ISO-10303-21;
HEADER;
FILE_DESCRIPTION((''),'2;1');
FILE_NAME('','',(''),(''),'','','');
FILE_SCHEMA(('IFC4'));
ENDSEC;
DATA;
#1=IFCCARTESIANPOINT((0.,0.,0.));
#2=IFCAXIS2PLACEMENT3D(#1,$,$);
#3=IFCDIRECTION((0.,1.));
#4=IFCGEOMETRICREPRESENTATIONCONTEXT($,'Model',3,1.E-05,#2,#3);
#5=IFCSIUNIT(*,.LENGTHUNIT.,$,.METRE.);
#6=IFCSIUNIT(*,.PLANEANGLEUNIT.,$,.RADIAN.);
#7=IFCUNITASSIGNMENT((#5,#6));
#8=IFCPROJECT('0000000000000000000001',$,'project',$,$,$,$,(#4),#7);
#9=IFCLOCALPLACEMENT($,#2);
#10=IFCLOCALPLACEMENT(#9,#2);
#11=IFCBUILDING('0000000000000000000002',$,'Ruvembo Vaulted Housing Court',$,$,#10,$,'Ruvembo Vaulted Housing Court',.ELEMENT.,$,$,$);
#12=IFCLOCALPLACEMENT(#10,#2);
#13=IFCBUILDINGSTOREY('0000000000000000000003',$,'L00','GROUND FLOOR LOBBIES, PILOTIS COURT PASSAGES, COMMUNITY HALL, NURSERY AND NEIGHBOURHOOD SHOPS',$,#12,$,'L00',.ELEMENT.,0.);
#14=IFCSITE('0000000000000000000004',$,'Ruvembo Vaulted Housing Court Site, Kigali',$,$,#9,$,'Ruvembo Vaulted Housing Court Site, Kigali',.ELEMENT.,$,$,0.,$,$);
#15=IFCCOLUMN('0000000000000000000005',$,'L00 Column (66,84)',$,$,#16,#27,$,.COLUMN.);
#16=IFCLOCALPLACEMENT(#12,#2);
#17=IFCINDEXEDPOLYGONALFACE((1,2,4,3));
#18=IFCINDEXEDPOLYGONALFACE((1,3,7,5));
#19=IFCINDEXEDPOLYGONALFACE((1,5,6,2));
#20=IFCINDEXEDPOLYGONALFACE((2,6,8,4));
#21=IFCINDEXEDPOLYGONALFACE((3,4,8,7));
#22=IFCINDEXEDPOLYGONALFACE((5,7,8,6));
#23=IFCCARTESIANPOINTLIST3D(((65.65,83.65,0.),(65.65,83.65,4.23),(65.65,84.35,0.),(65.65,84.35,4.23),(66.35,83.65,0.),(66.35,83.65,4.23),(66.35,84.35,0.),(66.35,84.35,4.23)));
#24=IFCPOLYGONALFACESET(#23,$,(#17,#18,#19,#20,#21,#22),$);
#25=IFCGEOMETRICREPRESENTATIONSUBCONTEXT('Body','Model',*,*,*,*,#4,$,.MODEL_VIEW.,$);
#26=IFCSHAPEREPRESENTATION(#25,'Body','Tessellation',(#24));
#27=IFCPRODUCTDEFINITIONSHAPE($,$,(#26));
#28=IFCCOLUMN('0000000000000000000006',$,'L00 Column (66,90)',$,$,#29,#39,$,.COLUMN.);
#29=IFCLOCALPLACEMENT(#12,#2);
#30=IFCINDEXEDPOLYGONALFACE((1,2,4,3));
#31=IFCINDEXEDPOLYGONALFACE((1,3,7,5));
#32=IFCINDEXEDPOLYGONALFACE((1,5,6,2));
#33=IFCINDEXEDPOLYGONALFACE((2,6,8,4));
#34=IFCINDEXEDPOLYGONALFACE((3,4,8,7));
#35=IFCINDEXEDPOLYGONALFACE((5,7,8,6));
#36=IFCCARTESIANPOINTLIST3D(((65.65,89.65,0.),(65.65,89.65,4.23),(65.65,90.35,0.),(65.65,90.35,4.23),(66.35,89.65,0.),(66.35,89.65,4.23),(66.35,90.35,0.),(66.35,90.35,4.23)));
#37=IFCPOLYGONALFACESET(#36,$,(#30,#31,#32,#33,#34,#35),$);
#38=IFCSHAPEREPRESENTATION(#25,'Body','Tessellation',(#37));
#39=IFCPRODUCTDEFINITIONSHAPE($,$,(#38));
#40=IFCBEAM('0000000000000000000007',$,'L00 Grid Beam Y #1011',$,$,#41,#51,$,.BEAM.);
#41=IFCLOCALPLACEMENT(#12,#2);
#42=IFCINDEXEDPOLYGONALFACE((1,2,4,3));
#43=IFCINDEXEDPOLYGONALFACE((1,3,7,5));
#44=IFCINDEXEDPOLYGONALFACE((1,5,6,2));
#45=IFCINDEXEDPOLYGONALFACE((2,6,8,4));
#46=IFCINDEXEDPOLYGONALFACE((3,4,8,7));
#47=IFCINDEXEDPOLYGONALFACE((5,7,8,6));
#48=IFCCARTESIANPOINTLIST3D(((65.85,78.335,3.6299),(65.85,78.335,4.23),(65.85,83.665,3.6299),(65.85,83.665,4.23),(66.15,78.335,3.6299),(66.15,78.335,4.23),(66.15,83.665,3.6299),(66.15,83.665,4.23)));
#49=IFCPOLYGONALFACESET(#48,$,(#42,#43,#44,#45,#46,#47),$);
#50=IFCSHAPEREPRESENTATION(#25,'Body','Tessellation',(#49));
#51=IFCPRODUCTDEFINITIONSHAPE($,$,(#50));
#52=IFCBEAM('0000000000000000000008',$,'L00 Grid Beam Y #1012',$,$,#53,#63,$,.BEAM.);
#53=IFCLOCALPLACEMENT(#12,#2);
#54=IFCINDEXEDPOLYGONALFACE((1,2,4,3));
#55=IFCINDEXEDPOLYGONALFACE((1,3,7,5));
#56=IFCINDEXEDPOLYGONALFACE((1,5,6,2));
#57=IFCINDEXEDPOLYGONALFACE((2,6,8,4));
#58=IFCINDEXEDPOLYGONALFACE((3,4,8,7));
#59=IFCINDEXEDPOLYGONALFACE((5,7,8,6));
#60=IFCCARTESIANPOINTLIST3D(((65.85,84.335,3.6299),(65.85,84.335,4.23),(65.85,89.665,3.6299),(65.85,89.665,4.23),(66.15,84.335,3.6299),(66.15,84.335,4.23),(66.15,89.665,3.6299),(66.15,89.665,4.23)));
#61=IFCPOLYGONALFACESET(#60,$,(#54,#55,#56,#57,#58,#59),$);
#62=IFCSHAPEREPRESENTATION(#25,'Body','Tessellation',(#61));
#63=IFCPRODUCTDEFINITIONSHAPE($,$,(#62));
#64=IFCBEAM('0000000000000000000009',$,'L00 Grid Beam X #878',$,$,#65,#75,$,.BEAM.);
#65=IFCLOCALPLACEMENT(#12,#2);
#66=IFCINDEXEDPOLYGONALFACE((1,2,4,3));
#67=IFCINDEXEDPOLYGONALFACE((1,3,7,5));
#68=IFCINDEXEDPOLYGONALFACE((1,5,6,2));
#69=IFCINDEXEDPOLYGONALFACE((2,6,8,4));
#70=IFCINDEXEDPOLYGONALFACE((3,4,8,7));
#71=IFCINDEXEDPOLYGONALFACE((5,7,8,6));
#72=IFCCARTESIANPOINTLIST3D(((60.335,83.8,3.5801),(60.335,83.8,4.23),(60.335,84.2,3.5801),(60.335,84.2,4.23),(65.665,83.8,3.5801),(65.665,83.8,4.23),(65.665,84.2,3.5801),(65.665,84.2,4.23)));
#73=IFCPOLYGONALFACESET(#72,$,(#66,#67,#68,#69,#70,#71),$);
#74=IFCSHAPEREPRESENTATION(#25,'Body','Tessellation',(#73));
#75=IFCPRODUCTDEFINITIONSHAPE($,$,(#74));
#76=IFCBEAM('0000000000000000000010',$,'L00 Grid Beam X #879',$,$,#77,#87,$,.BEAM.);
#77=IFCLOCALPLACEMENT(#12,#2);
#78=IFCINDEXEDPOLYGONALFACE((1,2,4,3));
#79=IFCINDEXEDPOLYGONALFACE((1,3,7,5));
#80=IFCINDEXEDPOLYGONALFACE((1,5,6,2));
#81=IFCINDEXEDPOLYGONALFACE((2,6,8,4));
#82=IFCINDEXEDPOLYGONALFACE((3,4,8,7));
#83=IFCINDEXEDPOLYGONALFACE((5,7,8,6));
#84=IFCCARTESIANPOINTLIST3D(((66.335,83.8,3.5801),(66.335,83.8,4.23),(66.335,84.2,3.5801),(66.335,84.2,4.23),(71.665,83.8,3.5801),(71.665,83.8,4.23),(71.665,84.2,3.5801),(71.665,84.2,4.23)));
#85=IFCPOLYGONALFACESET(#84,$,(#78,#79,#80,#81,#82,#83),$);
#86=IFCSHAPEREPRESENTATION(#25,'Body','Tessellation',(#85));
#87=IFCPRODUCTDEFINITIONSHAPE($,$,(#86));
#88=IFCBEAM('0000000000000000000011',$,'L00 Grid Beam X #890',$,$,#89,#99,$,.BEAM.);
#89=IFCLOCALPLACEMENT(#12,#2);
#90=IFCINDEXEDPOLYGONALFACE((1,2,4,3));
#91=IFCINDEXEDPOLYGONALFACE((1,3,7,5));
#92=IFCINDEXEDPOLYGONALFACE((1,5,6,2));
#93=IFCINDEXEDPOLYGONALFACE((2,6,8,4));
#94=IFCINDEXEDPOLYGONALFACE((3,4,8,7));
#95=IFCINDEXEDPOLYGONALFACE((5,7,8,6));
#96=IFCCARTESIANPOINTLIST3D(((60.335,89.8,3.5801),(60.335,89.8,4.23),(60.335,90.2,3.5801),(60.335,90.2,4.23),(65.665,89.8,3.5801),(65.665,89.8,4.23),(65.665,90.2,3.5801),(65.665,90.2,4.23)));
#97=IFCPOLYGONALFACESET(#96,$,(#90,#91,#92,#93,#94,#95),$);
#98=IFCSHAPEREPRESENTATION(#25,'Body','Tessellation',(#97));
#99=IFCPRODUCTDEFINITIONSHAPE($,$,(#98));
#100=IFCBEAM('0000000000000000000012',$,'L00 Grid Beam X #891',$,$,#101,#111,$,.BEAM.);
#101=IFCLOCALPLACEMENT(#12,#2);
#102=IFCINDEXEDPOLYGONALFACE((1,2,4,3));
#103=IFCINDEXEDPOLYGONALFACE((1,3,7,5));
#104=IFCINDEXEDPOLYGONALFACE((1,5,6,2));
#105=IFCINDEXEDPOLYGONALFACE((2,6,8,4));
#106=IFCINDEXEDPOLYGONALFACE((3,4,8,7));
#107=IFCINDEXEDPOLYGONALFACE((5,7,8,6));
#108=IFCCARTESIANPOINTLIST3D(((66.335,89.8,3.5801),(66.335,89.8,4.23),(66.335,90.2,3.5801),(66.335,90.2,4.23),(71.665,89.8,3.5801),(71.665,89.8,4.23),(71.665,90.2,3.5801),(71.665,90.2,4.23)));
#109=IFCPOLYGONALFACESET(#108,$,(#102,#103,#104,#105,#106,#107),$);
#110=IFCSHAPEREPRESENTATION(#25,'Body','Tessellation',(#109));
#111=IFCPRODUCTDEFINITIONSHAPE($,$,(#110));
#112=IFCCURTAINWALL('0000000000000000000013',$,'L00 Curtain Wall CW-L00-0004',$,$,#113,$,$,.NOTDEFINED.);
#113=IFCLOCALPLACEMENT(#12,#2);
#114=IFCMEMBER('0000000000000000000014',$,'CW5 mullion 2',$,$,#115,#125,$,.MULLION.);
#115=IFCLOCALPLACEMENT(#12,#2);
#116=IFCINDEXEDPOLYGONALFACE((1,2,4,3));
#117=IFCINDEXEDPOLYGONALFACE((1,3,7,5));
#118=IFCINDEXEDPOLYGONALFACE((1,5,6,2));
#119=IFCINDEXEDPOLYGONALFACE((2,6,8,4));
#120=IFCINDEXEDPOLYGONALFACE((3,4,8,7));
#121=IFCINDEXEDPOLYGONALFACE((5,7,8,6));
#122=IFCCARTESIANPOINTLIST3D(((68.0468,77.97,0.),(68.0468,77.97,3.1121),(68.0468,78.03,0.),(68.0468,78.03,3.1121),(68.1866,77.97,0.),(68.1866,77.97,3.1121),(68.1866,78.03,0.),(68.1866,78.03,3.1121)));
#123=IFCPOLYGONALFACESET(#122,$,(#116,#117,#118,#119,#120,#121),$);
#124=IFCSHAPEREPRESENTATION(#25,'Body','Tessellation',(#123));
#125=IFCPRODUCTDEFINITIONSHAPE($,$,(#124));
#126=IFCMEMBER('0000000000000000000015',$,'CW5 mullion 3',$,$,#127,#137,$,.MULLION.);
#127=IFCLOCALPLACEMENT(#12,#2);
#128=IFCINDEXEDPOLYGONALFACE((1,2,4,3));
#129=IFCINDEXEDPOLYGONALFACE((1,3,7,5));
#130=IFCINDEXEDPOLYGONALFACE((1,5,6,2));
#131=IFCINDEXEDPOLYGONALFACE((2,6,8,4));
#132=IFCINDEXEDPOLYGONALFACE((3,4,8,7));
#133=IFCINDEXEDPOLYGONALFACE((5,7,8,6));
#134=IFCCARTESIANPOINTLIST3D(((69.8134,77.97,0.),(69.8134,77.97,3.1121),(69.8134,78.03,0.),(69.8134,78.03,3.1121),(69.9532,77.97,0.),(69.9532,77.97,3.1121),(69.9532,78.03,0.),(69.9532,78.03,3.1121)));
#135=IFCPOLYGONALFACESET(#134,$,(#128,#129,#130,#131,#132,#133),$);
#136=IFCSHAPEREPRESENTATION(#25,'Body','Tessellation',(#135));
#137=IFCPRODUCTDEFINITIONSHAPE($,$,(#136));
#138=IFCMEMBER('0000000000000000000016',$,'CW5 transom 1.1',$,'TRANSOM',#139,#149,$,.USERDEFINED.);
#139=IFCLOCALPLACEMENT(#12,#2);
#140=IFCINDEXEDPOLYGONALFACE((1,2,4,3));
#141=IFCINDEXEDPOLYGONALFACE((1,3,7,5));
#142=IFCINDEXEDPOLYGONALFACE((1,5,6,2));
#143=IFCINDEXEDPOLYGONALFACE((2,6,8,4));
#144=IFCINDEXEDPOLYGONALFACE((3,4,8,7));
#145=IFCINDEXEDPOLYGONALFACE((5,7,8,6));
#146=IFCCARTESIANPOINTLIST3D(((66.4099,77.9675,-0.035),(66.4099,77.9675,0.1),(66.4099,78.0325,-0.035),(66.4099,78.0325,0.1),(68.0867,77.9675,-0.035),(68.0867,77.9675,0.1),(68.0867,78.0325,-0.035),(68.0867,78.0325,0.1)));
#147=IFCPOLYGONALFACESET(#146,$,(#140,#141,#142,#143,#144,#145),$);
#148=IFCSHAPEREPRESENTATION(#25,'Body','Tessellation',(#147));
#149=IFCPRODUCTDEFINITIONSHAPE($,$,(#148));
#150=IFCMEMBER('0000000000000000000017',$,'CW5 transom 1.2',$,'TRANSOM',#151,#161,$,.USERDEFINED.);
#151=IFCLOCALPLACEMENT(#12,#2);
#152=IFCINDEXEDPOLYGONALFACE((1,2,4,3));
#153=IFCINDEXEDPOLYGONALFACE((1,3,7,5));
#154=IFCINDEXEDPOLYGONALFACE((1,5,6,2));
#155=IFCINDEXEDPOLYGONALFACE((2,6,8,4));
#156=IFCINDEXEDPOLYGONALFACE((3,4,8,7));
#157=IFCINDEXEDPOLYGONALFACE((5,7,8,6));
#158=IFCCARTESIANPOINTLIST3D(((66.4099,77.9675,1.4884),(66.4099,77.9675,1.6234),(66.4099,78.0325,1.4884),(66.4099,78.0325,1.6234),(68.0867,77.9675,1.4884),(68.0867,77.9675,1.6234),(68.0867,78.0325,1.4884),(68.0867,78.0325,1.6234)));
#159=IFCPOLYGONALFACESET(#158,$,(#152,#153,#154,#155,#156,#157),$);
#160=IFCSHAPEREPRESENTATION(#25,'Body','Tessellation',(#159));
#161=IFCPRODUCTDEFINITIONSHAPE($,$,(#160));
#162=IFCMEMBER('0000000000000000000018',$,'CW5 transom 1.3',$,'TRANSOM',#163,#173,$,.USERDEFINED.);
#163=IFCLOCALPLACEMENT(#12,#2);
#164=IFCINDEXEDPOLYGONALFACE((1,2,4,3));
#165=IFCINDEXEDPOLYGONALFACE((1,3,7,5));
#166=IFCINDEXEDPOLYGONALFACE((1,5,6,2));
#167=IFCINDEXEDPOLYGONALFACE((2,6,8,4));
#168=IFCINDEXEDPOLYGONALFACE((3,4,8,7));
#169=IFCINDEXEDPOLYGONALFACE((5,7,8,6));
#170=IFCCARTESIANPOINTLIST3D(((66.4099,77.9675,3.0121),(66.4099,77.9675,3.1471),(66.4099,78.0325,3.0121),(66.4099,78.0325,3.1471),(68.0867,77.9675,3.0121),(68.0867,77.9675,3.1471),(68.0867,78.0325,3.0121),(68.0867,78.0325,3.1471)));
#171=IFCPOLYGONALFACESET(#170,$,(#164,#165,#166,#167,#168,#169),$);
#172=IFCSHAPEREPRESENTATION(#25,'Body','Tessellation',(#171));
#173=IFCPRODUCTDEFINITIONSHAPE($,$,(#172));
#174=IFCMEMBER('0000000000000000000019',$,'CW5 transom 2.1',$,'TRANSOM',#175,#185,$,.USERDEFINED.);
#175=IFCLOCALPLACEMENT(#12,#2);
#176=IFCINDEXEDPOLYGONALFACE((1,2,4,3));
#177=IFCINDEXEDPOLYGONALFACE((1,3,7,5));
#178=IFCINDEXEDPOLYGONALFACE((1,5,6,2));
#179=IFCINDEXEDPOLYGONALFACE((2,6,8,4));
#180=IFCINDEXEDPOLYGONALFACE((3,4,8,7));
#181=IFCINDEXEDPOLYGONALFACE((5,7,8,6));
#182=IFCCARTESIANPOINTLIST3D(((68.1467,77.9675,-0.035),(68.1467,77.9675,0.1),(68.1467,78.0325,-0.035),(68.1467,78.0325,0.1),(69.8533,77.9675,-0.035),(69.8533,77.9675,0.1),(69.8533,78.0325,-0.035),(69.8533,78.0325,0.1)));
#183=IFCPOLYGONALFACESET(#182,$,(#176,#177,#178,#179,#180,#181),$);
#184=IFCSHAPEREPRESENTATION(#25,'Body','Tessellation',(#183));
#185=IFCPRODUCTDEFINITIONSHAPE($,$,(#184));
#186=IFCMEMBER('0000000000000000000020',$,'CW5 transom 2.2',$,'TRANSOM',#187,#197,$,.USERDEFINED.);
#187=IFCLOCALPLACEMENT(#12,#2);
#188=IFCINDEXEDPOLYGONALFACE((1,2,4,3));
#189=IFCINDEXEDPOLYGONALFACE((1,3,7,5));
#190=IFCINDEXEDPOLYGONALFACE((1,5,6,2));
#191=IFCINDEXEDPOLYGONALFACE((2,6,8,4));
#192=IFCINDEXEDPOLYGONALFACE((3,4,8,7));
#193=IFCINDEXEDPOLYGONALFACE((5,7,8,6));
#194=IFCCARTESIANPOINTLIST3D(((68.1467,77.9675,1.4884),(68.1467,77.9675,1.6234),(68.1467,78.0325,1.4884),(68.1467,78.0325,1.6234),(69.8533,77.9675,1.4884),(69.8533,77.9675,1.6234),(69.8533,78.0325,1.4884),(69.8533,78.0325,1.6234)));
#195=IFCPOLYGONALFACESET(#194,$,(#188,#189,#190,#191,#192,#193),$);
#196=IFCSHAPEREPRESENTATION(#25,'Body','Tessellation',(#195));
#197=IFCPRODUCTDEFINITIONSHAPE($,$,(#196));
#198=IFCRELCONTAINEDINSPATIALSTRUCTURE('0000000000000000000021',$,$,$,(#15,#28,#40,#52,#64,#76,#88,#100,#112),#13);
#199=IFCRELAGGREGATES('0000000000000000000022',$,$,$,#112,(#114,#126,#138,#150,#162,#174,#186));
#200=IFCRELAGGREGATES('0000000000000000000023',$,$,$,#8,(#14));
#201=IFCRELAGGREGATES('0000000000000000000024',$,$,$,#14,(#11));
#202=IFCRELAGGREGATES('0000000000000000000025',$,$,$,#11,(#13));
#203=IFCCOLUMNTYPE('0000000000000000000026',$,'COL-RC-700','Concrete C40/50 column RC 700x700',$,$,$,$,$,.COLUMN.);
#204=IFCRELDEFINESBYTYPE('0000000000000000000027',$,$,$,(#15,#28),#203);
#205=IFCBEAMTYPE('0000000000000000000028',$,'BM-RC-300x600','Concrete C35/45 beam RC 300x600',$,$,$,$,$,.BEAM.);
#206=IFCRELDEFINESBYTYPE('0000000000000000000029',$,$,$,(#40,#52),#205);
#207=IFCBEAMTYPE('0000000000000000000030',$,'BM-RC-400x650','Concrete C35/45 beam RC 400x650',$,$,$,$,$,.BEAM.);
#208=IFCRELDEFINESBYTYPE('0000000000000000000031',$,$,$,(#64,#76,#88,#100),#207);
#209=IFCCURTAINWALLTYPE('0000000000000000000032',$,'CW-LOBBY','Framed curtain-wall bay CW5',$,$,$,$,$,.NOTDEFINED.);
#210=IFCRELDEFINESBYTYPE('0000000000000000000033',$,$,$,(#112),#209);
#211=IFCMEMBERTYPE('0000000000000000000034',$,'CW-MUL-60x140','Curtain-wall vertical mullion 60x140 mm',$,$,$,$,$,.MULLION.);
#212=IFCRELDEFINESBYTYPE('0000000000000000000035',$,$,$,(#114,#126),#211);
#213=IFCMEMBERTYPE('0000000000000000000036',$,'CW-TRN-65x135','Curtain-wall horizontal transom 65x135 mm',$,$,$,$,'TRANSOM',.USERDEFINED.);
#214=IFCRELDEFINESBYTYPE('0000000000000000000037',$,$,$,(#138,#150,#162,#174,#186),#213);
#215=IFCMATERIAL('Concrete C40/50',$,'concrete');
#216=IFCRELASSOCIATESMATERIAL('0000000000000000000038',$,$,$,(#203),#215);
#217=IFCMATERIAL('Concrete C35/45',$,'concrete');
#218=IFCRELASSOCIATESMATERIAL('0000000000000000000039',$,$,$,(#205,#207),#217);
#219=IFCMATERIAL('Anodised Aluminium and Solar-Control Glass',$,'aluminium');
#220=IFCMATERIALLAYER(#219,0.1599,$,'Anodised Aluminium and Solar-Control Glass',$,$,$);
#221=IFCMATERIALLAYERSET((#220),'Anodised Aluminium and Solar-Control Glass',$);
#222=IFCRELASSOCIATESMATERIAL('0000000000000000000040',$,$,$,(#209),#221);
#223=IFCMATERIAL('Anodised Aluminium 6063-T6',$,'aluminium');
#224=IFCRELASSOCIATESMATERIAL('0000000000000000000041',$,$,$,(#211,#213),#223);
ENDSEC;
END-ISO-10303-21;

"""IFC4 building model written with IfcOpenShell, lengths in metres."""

from ifc_helpers import new_model, si_unit, direction, frame, origin, origin_2d, place, context, subcontext, project, spatial, rectangle, extrude, material, layer, layer_set, material_profile, profile_set, type_object, element, aggregate, save


model = new_model("IFC4")

# Units and contexts
model_context = context("Model", 3, precision=1e-05, world=origin(), true_north=direction((0.0, 1.0)))
body_context = subcontext(model_context, "Body", "Model", "MODEL_VIEW")
ifc_project = project(units=[si_unit("LENGTHUNIT", "METRE"), si_unit("PLANEANGLEUNIT", "RADIAN")], contexts=[model_context])

# Site, building, storey
site_placement = place(None, origin())
site = spatial("IfcSite", under=ifc_project, at=site_placement, Name="Ruvembo Vaulted Housing Court Site, Kigali", LongName="Ruvembo Vaulted Housing Court Site, Kigali", CompositionType="ELEMENT", RefElevation=0.0)
building_placement = place(site_placement, origin())
building = spatial("IfcBuilding", under=site, at=building_placement, Name="Ruvembo Vaulted Housing Court", LongName="Ruvembo Vaulted Housing Court", CompositionType="ELEMENT")
storey_placement = place(building_placement, origin())
storey = spatial("IfcBuildingStorey", under=building, at=storey_placement, Name="L00", Description="GROUND FLOOR LOBBIES, PILOTIS COURT PASSAGES, COMMUNITY HALL, NURSERY AND NEIGHBOURHOOD SHOPS", LongName="L00", CompositionType="ELEMENT", Elevation=0.0)

# Columns
ifc_material_1 = material(Name="Concrete C40/50", Category="concrete")
ifc_material_profile_1 = material_profile(ifc_material_1, rectangle(XDim=0.7, YDim=0.7, at=origin_2d()), Name="RC 700x700")
ifc_profile_set_1 = profile_set([ifc_material_profile_1], Name="Concrete C40/50")
column_type = type_object("IfcColumnType", Name="COL-RC-700", Description="Concrete C40/50 column RC 700x700", PredefinedType="COLUMN", material=ifc_profile_set_1)
for number, where, z_axis, x_axis, name in (
    (1, (66.0, 84.0, 0.0), (0.0, 0.0, 1.0), (1.0, 0.0, 0.0), "L00 Column (66,84)"),
    (2, (66.0, 90.0, 0.0), (0.0, 0.0, 1.0), (1.0, 0.0, 0.0), "L00 Column (66,90)"),
):
    element("IfcColumn", number, at=place(storey_placement, frame(where, z_axis=z_axis, x_axis=x_axis)), inside=storey, type_object=column_type, Name=name, PredefinedType="COLUMN", context=body_context, shape_type="SweptSolid", body=[
        extrude(rectangle(XDim=0.7, YDim=0.7, at=origin_2d()), origin(), (0.0, 0.0, 1.0), 4.23),
    ])

# Beams
ifc_material_2 = material(Name="Concrete C35/45", Category="concrete")
ifc_material_profile_2 = material_profile(ifc_material_2, rectangle(XDim=0.3, YDim=0.6001, at=origin_2d()), Name="RC 300x600")
ifc_profile_set_2 = profile_set([ifc_material_profile_2], Name="Concrete C35/45")
beam_type_1 = type_object("IfcBeamType", Name="BM-RC-300x600", Description="Concrete C35/45 beam RC 300x600", PredefinedType="BEAM", material=ifc_profile_set_2)
for number, where, z_axis, x_axis, name in (
    (3, (66.0, 78.335, 3.9299), (0.0, 1.0, 0.0), (-1.0, 0.0, 0.0), "L00 Grid Beam Y #1011"),
    (4, (66.0, 84.335, 3.9299), (0.0, 1.0, 0.0), (-1.0, 0.0, 0.0), "L00 Grid Beam Y #1012"),
):
    element("IfcBeam", number, at=place(storey_placement, frame(where, z_axis=z_axis, x_axis=x_axis)), inside=storey, type_object=beam_type_1, Name=name, PredefinedType="BEAM", context=body_context, shape_type="SweptSolid", body=[
        extrude(rectangle(XDim=0.3, YDim=0.6001, at=origin_2d()), origin(), (0.0, 0.0, 1.0), 5.3301),
    ])
ifc_material_profile_3 = material_profile(ifc_material_2, rectangle(XDim=0.3999, YDim=0.6499, at=origin_2d()), Name="RC 400x650")
ifc_profile_set_3 = profile_set([ifc_material_profile_3], Name="Concrete C35/45")
beam_type_2 = type_object("IfcBeamType", Name="BM-RC-400x650", Description="Concrete C35/45 beam RC 400x650", PredefinedType="BEAM", material=ifc_profile_set_3)
for number, where, z_axis, x_axis, name in (
    (5, (60.335, 84.0, 3.905), (1.0, 0.0, 0.0), (0.0, 1.0, 0.0), "L00 Grid Beam X #878"),
    (6, (66.335, 84.0, 3.905), (1.0, 0.0, 0.0), (0.0, 1.0, 0.0), "L00 Grid Beam X #879"),
    (7, (60.335, 90.0, 3.905), (1.0, 0.0, 0.0), (0.0, 1.0, 0.0), "L00 Grid Beam X #890"),
    (8, (66.335, 90.0, 3.905), (1.0, 0.0, 0.0), (0.0, 1.0, 0.0), "L00 Grid Beam X #891"),
):
    element("IfcBeam", number, at=place(storey_placement, frame(where, z_axis=z_axis, x_axis=x_axis)), inside=storey, type_object=beam_type_2, Name=name, PredefinedType="BEAM", context=body_context, shape_type="SweptSolid", body=[
        extrude(rectangle(XDim=0.3999, YDim=0.6499, at=origin_2d()), origin(), (0.0, 0.0, 1.0), 5.3301),
    ])

# Curtain wall, members
ifc_material_3 = material(Name="Anodised Aluminium and Solar-Control Glass", Category="aluminium")
ifc_layer_1 = layer(ifc_material_3, 0.1599, Name="Anodised Aluminium and Solar-Control Glass")
ifc_layer_set_1 = layer_set([ifc_layer_1], Name="Anodised Aluminium and Solar-Control Glass")
curtain_wall_type = type_object("IfcCurtainWallType", Name="CW-LOBBY", Description="Framed curtain-wall bay CW5", PredefinedType="NOTDEFINED", material=ifc_layer_set_1)
curtain_wall_placement = place(storey_placement, origin())
curtain_wall = element("IfcCurtainWall", 9, at=curtain_wall_placement, inside=storey, type_object=curtain_wall_type, Name="L00 Curtain Wall CW-L00-0004", PredefinedType="NOTDEFINED")
ifc_material_4 = material(Name="Anodised Aluminium 6063-T6", Category="aluminium")
ifc_material_profile_4 = material_profile(ifc_material_4, rectangle(XDim=0.0601, YDim=0.1399, at=origin_2d()), Name="ALU 60x140")
ifc_profile_set_4 = profile_set([ifc_material_profile_4], Name="Anodised Aluminium 6063-T6")
member_type_1 = type_object("IfcMemberType", Name="CW-MUL-60x140", Description="Curtain-wall vertical mullion 60x140 mm", PredefinedType="MULLION", material=ifc_profile_set_4)
member_1_placement = place(storey_placement, frame((68.1167, 78.0, 0.0), z_axis=(0.0, 0.0, 1.0), x_axis=(0.0, 1.0, 0.0)))
member_1 = element("IfcMember", 10, at=member_1_placement, type_object=member_type_1, Name="CW5 mullion 2", PredefinedType="MULLION", context=body_context, shape_type="SweptSolid", body=[
    extrude(rectangle(XDim=0.0601, YDim=0.1399, at=origin_2d()), origin(), (0.0, 0.0, 1.0), 3.1121),
])
member_2_placement = place(storey_placement, frame((69.8833, 78.0, 0.0), z_axis=(0.0, 0.0, 1.0), x_axis=(0.0, 1.0, 0.0)))
member_2 = element("IfcMember", 11, at=member_2_placement, type_object=member_type_1, Name="CW5 mullion 3", PredefinedType="MULLION", context=body_context, shape_type="SweptSolid", body=[
    extrude(rectangle(XDim=0.0601, YDim=0.1399, at=origin_2d()), origin(), (0.0, 0.0, 1.0), 3.1121),
])
ifc_material_profile_5 = material_profile(ifc_material_4, rectangle(XDim=0.0649, YDim=0.135, at=origin_2d()), Name="ALU 65x135")
ifc_profile_set_5 = profile_set([ifc_material_profile_5], Name="Anodised Aluminium 6063-T6")
member_type_2 = type_object("IfcMemberType", Name="CW-TRN-65x135", Description="Curtain-wall horizontal transom 65x135 mm", ElementType="TRANSOM", PredefinedType="USERDEFINED", material=ifc_profile_set_5)
member_3_placement = place(storey_placement, frame((66.4099, 78.0, 0.0325), z_axis=(1.0, 0.0, 0.0), x_axis=(0.0, 1.0, 0.0)))
member_3 = element("IfcMember", 12, at=member_3_placement, type_object=member_type_2, Name="CW5 transom 1.1", ObjectType="TRANSOM", PredefinedType="USERDEFINED", context=body_context, shape_type="SweptSolid", body=[
    extrude(rectangle(XDim=0.0649, YDim=0.135, at=origin_2d()), origin(), (0.0, 0.0, 1.0), 1.6768),
])
member_4_placement = place(storey_placement, frame((66.4099, 78.0, 1.5559), z_axis=(1.0, 0.0, 0.0), x_axis=(0.0, 1.0, 0.0)))
member_4 = element("IfcMember", 13, at=member_4_placement, type_object=member_type_2, Name="CW5 transom 1.2", ObjectType="TRANSOM", PredefinedType="USERDEFINED", context=body_context, shape_type="SweptSolid", body=[
    extrude(rectangle(XDim=0.0649, YDim=0.135, at=origin_2d()), origin(), (0.0, 0.0, 1.0), 1.6768),
])
member_5_placement = place(storey_placement, frame((66.4099, 78.0, 3.0796), z_axis=(1.0, 0.0, 0.0), x_axis=(0.0, 1.0, 0.0)))
member_5 = element("IfcMember", 14, at=member_5_placement, type_object=member_type_2, Name="CW5 transom 1.3", ObjectType="TRANSOM", PredefinedType="USERDEFINED", context=body_context, shape_type="SweptSolid", body=[
    extrude(rectangle(XDim=0.0649, YDim=0.135, at=origin_2d()), origin(), (0.0, 0.0, 1.0), 1.6768),
])
member_6_placement = place(storey_placement, frame((68.1467, 78.0, 0.0325), z_axis=(1.0, 0.0, 0.0), x_axis=(0.0, 1.0, 0.0)))
member_6 = element("IfcMember", 15, at=member_6_placement, type_object=member_type_2, Name="CW5 transom 2.1", ObjectType="TRANSOM", PredefinedType="USERDEFINED", context=body_context, shape_type="SweptSolid", body=[
    extrude(rectangle(XDim=0.0649, YDim=0.135, at=origin_2d()), origin(), (0.0, 0.0, 1.0), 1.7065),
])
member_7_placement = place(storey_placement, frame((68.1467, 78.0, 1.5559), z_axis=(1.0, 0.0, 0.0), x_axis=(0.0, 1.0, 0.0)))
member_7 = element("IfcMember", 16, at=member_7_placement, type_object=member_type_2, Name="CW5 transom 2.2", ObjectType="TRANSOM", PredefinedType="USERDEFINED", context=body_context, shape_type="SweptSolid", body=[
    extrude(rectangle(XDim=0.0649, YDim=0.135, at=origin_2d()), origin(), (0.0, 0.0, 1.0), 1.7065),
])
aggregate(curtain_wall, [member_1, member_2, member_3, member_4, member_5, member_6, member_7])

save(model, "model.ifc")
